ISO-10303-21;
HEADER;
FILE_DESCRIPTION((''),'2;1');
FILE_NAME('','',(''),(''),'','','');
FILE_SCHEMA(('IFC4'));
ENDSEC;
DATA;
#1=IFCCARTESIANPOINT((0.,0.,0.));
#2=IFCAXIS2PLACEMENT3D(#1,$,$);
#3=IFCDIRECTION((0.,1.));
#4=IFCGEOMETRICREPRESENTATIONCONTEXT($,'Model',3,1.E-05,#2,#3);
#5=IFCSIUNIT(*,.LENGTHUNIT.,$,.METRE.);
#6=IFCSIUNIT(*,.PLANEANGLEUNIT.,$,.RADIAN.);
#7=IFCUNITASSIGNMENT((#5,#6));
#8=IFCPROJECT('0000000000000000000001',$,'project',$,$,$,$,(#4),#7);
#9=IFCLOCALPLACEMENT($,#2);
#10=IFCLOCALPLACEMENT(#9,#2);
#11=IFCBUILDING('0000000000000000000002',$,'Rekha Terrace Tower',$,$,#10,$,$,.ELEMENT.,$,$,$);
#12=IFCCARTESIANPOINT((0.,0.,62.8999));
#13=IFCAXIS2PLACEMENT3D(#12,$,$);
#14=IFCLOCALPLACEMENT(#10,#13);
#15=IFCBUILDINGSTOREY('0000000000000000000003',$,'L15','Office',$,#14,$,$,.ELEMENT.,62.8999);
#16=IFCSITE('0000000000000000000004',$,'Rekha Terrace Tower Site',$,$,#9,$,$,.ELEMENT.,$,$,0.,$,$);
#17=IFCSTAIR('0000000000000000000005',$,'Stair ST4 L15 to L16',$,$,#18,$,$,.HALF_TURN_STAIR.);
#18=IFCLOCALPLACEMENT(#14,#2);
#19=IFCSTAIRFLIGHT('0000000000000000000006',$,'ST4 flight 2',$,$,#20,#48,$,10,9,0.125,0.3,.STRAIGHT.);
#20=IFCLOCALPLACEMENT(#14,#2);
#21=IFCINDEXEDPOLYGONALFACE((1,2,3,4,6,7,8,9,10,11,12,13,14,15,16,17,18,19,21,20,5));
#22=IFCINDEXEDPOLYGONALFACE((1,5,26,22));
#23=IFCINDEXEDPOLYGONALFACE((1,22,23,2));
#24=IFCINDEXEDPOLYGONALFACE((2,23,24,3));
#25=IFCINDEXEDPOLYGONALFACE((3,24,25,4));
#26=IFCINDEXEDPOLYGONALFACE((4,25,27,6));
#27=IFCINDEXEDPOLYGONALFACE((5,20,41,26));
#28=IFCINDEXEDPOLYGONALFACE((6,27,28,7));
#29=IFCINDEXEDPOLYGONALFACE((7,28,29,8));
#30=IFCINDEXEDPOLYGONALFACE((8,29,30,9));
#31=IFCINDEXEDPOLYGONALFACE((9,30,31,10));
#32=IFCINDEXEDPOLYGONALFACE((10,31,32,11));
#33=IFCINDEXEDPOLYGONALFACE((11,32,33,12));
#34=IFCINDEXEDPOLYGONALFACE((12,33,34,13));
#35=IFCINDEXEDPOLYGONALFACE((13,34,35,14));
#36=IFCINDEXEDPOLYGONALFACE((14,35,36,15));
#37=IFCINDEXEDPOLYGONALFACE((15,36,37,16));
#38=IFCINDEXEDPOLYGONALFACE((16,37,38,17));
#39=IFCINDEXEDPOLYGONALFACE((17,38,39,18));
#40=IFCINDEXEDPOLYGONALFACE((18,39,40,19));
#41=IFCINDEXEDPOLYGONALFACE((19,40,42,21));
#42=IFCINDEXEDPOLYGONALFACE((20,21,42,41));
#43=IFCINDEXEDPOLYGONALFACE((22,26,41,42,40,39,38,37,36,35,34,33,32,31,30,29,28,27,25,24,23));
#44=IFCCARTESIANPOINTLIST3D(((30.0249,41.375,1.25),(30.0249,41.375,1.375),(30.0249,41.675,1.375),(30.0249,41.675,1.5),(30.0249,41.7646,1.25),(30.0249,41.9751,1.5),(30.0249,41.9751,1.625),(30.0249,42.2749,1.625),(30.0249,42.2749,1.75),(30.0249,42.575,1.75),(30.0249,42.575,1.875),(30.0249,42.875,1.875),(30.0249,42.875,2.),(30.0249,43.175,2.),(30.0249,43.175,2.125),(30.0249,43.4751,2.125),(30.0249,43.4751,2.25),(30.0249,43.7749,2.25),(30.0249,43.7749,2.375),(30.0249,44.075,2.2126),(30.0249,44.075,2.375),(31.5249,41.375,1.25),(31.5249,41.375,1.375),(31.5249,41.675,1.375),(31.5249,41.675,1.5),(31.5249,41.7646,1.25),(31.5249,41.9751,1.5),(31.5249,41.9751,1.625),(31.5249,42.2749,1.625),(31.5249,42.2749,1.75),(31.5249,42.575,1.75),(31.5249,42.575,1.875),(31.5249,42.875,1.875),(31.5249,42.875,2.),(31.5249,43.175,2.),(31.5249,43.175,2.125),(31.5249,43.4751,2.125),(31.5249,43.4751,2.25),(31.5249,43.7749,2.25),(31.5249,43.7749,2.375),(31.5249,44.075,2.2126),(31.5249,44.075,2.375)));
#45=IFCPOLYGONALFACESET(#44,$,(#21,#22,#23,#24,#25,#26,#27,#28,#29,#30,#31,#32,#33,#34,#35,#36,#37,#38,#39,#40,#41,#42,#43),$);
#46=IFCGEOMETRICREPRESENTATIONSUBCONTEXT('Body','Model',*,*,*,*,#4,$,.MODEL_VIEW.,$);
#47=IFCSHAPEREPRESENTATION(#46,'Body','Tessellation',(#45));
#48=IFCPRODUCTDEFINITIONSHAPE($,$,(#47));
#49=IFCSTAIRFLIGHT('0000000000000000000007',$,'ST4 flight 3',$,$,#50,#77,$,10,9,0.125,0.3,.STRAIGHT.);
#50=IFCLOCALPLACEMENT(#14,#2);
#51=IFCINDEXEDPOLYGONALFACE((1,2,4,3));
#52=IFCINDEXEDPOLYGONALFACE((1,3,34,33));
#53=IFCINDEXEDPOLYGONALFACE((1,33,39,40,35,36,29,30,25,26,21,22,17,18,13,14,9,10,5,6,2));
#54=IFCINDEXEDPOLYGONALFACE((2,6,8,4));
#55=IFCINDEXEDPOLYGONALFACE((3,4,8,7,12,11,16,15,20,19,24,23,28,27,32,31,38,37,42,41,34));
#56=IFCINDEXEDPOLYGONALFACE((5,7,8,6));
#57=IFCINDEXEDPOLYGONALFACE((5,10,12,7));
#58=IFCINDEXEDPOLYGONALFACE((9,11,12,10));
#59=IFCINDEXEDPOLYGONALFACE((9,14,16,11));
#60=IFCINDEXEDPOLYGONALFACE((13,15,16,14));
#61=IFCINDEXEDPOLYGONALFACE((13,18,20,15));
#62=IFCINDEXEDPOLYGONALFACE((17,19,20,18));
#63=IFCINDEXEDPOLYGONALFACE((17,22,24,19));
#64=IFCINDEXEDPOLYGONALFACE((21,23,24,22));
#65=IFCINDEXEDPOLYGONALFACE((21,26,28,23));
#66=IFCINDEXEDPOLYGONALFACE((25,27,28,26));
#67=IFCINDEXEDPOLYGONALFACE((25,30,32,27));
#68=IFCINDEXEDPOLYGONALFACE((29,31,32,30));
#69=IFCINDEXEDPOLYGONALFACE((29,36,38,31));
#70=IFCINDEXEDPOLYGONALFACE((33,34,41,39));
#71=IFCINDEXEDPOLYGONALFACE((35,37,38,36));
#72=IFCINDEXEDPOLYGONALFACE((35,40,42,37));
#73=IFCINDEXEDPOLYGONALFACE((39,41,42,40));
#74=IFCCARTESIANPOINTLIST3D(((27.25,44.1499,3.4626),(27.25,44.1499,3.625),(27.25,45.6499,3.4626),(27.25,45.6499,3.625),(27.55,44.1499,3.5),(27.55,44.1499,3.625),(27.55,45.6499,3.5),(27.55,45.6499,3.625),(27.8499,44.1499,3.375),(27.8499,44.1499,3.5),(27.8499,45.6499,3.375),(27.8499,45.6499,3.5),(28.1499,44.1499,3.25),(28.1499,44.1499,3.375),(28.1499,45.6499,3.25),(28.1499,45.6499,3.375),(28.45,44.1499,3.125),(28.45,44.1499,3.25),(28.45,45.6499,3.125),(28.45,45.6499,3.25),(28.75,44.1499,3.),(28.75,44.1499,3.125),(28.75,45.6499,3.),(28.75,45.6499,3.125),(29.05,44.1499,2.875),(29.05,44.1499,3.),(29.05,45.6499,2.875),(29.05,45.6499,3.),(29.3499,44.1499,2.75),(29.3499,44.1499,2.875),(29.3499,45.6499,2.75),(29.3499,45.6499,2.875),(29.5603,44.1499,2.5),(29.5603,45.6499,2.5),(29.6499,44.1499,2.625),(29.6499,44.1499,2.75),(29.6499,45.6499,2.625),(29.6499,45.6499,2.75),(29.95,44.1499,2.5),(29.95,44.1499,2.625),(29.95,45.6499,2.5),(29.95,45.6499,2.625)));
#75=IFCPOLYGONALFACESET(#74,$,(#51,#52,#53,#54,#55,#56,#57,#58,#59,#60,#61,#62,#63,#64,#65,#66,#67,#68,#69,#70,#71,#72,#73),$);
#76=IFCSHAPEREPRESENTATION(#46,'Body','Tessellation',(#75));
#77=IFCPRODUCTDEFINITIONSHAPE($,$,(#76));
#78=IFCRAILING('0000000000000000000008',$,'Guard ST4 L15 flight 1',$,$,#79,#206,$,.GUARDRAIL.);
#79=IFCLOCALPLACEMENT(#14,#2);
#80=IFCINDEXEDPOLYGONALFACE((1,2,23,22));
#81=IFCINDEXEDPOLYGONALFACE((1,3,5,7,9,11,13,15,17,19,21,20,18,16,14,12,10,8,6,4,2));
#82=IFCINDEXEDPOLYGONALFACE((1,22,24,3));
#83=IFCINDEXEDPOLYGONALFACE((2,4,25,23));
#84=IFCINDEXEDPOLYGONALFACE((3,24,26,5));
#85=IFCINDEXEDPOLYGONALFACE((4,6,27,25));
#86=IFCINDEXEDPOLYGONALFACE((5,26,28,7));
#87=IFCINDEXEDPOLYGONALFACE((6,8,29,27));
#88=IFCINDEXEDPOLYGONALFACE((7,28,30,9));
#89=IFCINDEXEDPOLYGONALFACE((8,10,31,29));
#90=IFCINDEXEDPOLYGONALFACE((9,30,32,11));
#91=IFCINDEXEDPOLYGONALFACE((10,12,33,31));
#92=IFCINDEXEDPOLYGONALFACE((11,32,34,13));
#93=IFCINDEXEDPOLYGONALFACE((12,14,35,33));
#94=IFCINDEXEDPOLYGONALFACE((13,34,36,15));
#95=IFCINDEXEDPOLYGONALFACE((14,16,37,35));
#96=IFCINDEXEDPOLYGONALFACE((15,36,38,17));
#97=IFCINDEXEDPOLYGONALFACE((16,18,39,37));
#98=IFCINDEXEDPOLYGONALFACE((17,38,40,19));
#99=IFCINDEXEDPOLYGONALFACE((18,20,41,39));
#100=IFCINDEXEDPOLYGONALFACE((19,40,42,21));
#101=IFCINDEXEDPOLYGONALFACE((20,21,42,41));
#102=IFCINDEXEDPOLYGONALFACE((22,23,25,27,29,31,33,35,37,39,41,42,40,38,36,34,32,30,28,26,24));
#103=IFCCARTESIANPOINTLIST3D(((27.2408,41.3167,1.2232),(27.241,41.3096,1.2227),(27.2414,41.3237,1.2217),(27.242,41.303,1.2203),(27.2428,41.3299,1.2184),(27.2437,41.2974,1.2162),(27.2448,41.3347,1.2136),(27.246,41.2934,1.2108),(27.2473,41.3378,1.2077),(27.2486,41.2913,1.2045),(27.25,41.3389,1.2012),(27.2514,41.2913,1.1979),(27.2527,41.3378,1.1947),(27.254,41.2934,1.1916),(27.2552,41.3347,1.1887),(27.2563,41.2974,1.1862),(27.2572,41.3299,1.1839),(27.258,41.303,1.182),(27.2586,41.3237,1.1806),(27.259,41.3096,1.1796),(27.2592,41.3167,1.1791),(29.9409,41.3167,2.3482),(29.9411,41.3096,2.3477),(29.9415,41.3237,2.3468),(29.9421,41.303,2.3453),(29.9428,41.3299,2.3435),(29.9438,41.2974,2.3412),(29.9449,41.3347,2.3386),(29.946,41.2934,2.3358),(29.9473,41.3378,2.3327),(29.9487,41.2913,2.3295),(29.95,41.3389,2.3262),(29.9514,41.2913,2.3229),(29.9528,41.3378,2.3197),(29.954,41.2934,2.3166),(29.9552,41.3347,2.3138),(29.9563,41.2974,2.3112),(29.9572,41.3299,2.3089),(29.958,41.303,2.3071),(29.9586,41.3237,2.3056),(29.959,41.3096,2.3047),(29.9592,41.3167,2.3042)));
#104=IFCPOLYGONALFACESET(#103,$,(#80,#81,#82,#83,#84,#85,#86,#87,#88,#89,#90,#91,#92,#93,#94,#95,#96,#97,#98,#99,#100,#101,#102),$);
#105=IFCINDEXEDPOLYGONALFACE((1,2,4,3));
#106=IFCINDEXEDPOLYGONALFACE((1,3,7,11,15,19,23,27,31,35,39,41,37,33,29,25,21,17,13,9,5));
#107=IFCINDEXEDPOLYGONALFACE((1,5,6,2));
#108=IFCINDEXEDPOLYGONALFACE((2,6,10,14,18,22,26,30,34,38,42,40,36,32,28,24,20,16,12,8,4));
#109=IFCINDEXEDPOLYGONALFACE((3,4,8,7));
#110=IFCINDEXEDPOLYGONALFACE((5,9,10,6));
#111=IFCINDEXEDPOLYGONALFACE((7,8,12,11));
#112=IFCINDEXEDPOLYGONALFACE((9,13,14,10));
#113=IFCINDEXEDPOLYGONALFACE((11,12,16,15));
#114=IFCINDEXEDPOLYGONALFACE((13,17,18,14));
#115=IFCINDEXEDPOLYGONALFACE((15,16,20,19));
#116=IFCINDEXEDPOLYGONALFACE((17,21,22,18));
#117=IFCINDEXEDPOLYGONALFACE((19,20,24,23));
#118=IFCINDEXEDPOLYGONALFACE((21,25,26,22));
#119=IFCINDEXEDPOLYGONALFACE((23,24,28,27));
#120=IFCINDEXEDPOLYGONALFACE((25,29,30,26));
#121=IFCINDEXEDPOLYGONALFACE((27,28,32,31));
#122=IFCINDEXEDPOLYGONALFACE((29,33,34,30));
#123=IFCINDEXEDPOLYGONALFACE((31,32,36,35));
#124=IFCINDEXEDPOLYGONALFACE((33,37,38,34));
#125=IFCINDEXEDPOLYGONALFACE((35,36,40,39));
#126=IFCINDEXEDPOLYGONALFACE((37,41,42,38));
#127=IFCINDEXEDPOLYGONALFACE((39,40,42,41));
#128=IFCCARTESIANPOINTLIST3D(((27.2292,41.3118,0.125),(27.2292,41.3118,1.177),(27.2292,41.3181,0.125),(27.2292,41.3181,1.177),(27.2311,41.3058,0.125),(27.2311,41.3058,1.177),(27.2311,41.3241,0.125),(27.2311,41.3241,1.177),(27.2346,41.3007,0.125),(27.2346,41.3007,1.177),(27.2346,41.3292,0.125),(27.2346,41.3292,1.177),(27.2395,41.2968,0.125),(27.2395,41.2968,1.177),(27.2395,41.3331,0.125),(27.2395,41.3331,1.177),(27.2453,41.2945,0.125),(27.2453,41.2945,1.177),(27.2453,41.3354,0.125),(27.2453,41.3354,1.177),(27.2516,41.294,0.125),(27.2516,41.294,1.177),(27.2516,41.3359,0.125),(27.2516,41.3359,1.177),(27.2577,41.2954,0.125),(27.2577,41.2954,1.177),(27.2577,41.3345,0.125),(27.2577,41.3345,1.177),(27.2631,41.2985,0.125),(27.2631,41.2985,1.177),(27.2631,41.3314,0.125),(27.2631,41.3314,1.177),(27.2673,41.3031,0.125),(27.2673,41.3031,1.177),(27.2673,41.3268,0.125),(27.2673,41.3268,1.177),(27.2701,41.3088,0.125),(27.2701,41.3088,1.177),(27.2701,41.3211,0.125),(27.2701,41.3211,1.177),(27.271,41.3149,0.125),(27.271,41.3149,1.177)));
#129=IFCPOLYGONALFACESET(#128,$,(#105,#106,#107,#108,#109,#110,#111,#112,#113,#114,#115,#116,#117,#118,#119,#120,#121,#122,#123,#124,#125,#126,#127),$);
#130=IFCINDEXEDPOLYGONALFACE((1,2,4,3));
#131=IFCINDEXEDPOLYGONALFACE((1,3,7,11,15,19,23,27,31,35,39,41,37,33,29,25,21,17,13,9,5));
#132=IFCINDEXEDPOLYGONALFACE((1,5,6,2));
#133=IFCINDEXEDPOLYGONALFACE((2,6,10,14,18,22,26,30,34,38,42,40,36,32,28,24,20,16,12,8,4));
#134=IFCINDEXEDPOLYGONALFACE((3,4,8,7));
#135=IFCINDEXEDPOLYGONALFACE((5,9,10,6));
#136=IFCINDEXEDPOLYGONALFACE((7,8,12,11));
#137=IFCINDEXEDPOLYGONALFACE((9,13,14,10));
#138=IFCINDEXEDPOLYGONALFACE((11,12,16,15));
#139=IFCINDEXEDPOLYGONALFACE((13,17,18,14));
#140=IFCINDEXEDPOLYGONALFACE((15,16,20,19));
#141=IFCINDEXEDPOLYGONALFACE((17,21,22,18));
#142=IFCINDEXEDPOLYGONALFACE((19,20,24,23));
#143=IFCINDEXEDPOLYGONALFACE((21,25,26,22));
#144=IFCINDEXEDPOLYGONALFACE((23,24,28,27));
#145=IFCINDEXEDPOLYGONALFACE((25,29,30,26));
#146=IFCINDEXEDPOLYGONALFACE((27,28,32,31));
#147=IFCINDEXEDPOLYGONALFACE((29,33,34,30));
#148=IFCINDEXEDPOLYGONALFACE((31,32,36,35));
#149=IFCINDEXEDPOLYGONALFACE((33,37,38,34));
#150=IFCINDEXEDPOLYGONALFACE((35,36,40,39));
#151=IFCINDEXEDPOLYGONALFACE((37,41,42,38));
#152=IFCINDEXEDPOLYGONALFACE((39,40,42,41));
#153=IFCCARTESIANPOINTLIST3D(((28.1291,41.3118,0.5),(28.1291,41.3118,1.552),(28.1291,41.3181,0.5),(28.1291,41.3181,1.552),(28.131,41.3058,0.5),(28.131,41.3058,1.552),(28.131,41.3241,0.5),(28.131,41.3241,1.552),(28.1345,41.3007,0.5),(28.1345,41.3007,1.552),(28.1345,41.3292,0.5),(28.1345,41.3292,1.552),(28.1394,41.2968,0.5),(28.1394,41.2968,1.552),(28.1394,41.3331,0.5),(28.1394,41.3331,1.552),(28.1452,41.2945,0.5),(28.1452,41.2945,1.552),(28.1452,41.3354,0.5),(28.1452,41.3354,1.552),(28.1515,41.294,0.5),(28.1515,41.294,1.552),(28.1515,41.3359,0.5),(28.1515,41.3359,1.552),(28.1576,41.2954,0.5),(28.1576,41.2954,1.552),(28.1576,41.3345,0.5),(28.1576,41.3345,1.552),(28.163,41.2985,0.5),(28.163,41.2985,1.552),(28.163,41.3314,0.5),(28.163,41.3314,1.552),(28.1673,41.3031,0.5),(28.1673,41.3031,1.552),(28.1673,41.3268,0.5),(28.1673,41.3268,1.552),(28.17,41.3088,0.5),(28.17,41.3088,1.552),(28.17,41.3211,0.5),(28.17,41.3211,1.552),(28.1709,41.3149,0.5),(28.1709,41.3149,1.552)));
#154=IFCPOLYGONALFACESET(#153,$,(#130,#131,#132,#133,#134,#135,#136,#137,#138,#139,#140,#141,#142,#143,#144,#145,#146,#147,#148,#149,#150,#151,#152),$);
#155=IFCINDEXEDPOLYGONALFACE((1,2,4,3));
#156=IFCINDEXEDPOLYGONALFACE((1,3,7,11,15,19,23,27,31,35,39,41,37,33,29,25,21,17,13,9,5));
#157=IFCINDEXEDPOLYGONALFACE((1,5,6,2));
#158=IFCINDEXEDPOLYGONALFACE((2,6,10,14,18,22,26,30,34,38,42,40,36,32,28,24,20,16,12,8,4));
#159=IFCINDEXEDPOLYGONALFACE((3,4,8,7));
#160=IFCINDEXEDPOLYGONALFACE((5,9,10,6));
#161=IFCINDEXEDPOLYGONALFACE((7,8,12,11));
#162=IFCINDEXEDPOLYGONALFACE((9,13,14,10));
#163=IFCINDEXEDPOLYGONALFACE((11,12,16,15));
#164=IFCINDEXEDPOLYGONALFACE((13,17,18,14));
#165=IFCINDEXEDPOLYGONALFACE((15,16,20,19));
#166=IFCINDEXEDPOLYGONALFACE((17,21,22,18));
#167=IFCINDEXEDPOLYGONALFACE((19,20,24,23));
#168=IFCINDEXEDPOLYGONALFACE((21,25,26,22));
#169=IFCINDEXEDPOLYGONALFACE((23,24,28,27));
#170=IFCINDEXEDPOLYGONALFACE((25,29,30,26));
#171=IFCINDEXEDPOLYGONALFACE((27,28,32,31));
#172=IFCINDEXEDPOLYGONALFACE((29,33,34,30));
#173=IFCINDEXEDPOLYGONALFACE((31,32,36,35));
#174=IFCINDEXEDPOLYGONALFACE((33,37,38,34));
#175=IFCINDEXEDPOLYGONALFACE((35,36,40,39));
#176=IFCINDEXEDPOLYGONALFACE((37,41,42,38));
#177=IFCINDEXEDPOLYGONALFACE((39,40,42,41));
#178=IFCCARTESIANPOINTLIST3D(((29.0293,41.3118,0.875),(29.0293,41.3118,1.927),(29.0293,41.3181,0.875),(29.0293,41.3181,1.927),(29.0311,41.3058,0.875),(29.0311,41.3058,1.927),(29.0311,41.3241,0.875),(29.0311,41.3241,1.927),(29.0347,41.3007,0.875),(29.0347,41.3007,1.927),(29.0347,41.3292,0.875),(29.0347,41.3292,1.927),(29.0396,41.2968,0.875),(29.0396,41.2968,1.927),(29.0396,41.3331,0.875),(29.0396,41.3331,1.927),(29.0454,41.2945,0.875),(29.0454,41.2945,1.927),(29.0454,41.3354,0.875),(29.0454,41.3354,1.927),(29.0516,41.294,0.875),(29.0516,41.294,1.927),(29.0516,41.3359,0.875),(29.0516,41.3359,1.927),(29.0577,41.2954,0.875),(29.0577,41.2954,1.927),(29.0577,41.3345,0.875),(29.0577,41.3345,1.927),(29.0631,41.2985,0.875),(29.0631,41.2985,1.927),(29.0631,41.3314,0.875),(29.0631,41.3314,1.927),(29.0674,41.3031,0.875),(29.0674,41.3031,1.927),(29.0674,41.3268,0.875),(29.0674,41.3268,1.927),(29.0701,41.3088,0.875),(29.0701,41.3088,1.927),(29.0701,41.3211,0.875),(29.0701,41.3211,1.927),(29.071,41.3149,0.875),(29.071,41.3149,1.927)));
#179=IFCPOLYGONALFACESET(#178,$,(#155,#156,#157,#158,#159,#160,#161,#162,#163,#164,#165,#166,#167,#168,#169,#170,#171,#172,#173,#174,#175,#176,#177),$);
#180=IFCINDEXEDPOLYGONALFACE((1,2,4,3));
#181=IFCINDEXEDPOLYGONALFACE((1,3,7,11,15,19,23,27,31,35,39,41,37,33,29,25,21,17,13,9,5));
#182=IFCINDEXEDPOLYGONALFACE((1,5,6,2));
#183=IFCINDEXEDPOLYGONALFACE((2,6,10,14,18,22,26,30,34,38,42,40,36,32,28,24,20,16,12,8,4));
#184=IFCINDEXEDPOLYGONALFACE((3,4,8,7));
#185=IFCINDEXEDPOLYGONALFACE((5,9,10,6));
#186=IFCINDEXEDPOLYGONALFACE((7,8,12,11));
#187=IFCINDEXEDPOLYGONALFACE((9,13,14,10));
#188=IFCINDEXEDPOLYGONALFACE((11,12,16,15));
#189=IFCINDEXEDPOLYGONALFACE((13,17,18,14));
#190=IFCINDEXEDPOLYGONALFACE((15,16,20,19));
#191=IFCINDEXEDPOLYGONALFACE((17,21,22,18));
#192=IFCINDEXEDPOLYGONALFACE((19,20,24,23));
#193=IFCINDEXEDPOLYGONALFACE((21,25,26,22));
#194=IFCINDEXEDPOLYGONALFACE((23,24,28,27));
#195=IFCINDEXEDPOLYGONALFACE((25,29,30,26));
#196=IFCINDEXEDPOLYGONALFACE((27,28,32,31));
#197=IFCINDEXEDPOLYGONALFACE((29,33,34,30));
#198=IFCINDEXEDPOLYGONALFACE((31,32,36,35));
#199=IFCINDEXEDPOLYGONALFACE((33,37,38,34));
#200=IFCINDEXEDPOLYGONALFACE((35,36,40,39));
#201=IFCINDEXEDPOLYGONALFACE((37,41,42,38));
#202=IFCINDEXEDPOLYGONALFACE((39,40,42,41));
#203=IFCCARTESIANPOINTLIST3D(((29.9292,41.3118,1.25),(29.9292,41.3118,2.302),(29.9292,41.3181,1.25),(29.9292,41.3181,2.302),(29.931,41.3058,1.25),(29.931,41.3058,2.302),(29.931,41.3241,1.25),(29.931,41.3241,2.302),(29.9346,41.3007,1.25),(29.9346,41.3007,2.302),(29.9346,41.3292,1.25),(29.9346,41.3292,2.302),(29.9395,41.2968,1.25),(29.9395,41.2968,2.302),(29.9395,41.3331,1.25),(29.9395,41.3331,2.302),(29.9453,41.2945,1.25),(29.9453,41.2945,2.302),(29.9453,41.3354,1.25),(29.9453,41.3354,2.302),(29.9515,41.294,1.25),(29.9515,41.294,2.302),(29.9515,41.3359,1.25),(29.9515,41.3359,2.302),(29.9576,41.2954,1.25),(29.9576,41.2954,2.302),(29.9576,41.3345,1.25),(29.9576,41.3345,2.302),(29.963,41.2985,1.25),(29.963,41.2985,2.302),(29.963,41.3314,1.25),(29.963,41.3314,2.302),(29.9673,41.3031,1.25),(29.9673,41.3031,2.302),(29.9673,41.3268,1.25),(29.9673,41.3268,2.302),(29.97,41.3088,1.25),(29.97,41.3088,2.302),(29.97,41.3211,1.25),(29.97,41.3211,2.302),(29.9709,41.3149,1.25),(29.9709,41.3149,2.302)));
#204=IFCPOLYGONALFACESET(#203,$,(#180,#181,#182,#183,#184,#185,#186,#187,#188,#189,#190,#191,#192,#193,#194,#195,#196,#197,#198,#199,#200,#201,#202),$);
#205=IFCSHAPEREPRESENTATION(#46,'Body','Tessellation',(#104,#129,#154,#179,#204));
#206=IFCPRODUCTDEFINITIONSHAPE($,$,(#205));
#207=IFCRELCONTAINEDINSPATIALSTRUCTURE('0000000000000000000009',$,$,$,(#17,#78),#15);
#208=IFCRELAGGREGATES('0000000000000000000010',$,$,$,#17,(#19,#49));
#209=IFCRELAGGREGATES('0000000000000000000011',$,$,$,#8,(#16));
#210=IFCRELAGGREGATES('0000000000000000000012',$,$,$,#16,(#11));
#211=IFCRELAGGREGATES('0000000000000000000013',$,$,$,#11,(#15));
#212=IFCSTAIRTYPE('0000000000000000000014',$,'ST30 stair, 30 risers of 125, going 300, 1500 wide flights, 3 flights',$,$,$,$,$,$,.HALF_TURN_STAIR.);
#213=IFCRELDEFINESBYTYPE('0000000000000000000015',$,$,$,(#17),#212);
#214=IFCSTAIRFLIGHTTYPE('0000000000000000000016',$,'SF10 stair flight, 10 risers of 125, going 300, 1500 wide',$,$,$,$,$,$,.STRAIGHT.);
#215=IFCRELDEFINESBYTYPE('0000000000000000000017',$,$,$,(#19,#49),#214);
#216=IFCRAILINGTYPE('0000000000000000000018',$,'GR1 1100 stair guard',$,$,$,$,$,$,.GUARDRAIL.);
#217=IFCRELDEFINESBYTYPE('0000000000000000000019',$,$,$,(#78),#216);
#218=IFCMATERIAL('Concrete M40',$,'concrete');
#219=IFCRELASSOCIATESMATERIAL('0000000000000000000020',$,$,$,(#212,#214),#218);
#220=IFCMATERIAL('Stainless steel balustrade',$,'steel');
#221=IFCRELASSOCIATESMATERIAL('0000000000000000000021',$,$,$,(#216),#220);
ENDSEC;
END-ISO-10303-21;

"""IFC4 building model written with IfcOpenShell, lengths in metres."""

from ifc_helpers import new_model, si_unit, direction, frame, origin, origin_2d, place, context, subcontext, project, spatial, polyline, circle, outline, extrude, material, type_object, element, aggregate, save


model = new_model("IFC4")

# Units and contexts
model_context = context("Model", 3, precision=1e-05, world=origin(), true_north=direction((0.0, 1.0)))
body_context = subcontext(model_context, "Body", "Model", "MODEL_VIEW")
ifc_project = project(units=[si_unit("LENGTHUNIT", "METRE"), si_unit("PLANEANGLEUNIT", "RADIAN")], contexts=[model_context])

# Site, building, storey
site_placement = place(None, origin())
site = spatial("IfcSite", under=ifc_project, at=site_placement, Name="Rekha Terrace Tower Site", CompositionType="ELEMENT", RefElevation=0.0)
building_placement = place(site_placement, origin())
building = spatial("IfcBuilding", under=site, at=building_placement, Name="Rekha Terrace Tower", CompositionType="ELEMENT")
storey_placement = place(building_placement, frame((0.0, 0.0, 62.8999)))
storey = spatial("IfcBuildingStorey", under=building, at=storey_placement, Name="L15", Description="Office", CompositionType="ELEMENT", Elevation=62.8999)

# Stair, stair flights
ifc_material_1 = material(Name="Concrete M40", Category="concrete")
stair_type = type_object("IfcStairType", Name="ST30 stair, 30 risers of 125, going 300, 1500 wide flights, 3 flights", PredefinedType="HALF_TURN_STAIR", material=ifc_material_1)
stair_placement = place(storey_placement, origin())
stair = element("IfcStair", 1, at=stair_placement, inside=storey, type_object=stair_type, Name="Stair ST4 L15 to L16", PredefinedType="HALF_TURN_STAIR")
stair_flight_type = type_object("IfcStairFlightType", Name="SF10 stair flight, 10 risers of 125, going 300, 1500 wide", PredefinedType="STRAIGHT", material=ifc_material_1)
stair_flight_1_placement = place(storey_placement, frame((30.7749, 41.375, 1.25), z_axis=(0.0, 0.0, 1.0), x_axis=(0.0, 1.0, 0.0)))
stair_flight_1 = element("IfcStairFlight", 2, at=stair_flight_1_placement, type_object=stair_flight_type, Name="ST4 flight 2", NumberOfRisers=10, NumberOfTreads=9, PredefinedType="STRAIGHT", RiserHeight=0.125, TreadLength=0.3, context=body_context, shape_type="SweptSolid", body=[
    extrude(outline(polyline([(0.0, 0.0), (0.0, 0.125), (0.3, 0.125), (0.3, 0.25), (0.6001, 0.25), (0.6001, 0.375), (0.8999, 0.375), (0.8999, 0.5), (1.2, 0.5), (1.2, 0.625), (1.5, 0.625), (1.5, 0.75), (1.8, 0.75), (1.8, 0.875), (2.1001, 0.875), (2.1001, 1.0), (2.3999, 1.0), (2.3999, 1.125), (2.7, 1.125), (2.7, 1.25), (2.7, 0.9626), (0.3896, 0.0), (0.0, 0.0)])), frame((0.0, 0.75, 0.0), z_axis=(0.0, -1.0, 0.0), x_axis=(1.0, 0.0, 0.0)), (0.0, 0.0, 1.0), 1.5),
])
stair_flight_2_placement = place(storey_placement, frame((29.95, 44.8999, 2.5), z_axis=(0.0, 0.0, 1.0), x_axis=(-1.0, 0.0, 0.0)))
stair_flight_2 = element("IfcStairFlight", 3, at=stair_flight_2_placement, type_object=stair_flight_type, Name="ST4 flight 3", NumberOfRisers=10, NumberOfTreads=9, PredefinedType="STRAIGHT", RiserHeight=0.125, TreadLength=0.3, context=body_context, shape_type="SweptSolid", body=[
    extrude(outline(polyline([(0.0, 0.0), (0.0, 0.125), (0.3, 0.125), (0.3, 0.25), (0.6001, 0.25), (0.6001, 0.375), (0.8999, 0.375), (0.8999, 0.5), (1.2, 0.5), (1.2, 0.625), (1.5, 0.625), (1.5, 0.75), (1.8, 0.75), (1.8, 0.875), (2.1001, 0.875), (2.1001, 1.0), (2.3999, 1.0), (2.3999, 1.125), (2.7, 1.125), (2.7, 1.25), (2.7, 0.9626), (0.3896, 0.0), (0.0, 0.0)])), frame((0.0, 0.75, 0.0), z_axis=(0.0, -1.0, 0.0), x_axis=(1.0, 0.0, 0.0)), (0.0, 0.0, 1.0), 1.5),
])
aggregate(stair, [stair_flight_1, stair_flight_2])

# Railing
ifc_material_2 = material(Name="Stainless steel balustrade", Category="steel")
railing_type_1 = type_object("IfcRailingType", Name="GR1 1100 stair guard", PredefinedType="GUARDRAIL", material=ifc_material_2)
railing_1_placement = place(storey_placement, frame((27.25, 41.3149, 0.125)))
element("IfcRailing", 4, at=railing_1_placement, inside=storey, type_object=railing_type_1, Name="Guard ST4 L15 flight 1", PredefinedType="GUARDRAIL", context=body_context, shape_type="SweptSolid", body=[
    extrude(circle(Radius=0.0239, at=origin_2d()), frame((0.0, 0.0, 1.0762), z_axis=(0.923074, 0.0, 0.384621), x_axis=(0.0, 1.0, 0.0)), (0.0, 0.0, 1.0), 2.925),
    extrude(circle(Radius=0.021, at=origin_2d()), origin(), (0.0, 0.0, 1.0), 1.052),
    extrude(circle(Radius=0.021, at=origin_2d()), frame((0.8999, 0.0, 0.375)), (0.0, 0.0, 1.0), 1.052),
    extrude(circle(Radius=0.021, at=origin_2d()), frame((1.8, 0.0, 0.75)), (0.0, 0.0, 1.0), 1.052),
    extrude(circle(Radius=0.021, at=origin_2d()), frame((2.7, 0.0, 1.125)), (0.0, 0.0, 1.0), 1.052),
])

save(model, "model.ifc")
